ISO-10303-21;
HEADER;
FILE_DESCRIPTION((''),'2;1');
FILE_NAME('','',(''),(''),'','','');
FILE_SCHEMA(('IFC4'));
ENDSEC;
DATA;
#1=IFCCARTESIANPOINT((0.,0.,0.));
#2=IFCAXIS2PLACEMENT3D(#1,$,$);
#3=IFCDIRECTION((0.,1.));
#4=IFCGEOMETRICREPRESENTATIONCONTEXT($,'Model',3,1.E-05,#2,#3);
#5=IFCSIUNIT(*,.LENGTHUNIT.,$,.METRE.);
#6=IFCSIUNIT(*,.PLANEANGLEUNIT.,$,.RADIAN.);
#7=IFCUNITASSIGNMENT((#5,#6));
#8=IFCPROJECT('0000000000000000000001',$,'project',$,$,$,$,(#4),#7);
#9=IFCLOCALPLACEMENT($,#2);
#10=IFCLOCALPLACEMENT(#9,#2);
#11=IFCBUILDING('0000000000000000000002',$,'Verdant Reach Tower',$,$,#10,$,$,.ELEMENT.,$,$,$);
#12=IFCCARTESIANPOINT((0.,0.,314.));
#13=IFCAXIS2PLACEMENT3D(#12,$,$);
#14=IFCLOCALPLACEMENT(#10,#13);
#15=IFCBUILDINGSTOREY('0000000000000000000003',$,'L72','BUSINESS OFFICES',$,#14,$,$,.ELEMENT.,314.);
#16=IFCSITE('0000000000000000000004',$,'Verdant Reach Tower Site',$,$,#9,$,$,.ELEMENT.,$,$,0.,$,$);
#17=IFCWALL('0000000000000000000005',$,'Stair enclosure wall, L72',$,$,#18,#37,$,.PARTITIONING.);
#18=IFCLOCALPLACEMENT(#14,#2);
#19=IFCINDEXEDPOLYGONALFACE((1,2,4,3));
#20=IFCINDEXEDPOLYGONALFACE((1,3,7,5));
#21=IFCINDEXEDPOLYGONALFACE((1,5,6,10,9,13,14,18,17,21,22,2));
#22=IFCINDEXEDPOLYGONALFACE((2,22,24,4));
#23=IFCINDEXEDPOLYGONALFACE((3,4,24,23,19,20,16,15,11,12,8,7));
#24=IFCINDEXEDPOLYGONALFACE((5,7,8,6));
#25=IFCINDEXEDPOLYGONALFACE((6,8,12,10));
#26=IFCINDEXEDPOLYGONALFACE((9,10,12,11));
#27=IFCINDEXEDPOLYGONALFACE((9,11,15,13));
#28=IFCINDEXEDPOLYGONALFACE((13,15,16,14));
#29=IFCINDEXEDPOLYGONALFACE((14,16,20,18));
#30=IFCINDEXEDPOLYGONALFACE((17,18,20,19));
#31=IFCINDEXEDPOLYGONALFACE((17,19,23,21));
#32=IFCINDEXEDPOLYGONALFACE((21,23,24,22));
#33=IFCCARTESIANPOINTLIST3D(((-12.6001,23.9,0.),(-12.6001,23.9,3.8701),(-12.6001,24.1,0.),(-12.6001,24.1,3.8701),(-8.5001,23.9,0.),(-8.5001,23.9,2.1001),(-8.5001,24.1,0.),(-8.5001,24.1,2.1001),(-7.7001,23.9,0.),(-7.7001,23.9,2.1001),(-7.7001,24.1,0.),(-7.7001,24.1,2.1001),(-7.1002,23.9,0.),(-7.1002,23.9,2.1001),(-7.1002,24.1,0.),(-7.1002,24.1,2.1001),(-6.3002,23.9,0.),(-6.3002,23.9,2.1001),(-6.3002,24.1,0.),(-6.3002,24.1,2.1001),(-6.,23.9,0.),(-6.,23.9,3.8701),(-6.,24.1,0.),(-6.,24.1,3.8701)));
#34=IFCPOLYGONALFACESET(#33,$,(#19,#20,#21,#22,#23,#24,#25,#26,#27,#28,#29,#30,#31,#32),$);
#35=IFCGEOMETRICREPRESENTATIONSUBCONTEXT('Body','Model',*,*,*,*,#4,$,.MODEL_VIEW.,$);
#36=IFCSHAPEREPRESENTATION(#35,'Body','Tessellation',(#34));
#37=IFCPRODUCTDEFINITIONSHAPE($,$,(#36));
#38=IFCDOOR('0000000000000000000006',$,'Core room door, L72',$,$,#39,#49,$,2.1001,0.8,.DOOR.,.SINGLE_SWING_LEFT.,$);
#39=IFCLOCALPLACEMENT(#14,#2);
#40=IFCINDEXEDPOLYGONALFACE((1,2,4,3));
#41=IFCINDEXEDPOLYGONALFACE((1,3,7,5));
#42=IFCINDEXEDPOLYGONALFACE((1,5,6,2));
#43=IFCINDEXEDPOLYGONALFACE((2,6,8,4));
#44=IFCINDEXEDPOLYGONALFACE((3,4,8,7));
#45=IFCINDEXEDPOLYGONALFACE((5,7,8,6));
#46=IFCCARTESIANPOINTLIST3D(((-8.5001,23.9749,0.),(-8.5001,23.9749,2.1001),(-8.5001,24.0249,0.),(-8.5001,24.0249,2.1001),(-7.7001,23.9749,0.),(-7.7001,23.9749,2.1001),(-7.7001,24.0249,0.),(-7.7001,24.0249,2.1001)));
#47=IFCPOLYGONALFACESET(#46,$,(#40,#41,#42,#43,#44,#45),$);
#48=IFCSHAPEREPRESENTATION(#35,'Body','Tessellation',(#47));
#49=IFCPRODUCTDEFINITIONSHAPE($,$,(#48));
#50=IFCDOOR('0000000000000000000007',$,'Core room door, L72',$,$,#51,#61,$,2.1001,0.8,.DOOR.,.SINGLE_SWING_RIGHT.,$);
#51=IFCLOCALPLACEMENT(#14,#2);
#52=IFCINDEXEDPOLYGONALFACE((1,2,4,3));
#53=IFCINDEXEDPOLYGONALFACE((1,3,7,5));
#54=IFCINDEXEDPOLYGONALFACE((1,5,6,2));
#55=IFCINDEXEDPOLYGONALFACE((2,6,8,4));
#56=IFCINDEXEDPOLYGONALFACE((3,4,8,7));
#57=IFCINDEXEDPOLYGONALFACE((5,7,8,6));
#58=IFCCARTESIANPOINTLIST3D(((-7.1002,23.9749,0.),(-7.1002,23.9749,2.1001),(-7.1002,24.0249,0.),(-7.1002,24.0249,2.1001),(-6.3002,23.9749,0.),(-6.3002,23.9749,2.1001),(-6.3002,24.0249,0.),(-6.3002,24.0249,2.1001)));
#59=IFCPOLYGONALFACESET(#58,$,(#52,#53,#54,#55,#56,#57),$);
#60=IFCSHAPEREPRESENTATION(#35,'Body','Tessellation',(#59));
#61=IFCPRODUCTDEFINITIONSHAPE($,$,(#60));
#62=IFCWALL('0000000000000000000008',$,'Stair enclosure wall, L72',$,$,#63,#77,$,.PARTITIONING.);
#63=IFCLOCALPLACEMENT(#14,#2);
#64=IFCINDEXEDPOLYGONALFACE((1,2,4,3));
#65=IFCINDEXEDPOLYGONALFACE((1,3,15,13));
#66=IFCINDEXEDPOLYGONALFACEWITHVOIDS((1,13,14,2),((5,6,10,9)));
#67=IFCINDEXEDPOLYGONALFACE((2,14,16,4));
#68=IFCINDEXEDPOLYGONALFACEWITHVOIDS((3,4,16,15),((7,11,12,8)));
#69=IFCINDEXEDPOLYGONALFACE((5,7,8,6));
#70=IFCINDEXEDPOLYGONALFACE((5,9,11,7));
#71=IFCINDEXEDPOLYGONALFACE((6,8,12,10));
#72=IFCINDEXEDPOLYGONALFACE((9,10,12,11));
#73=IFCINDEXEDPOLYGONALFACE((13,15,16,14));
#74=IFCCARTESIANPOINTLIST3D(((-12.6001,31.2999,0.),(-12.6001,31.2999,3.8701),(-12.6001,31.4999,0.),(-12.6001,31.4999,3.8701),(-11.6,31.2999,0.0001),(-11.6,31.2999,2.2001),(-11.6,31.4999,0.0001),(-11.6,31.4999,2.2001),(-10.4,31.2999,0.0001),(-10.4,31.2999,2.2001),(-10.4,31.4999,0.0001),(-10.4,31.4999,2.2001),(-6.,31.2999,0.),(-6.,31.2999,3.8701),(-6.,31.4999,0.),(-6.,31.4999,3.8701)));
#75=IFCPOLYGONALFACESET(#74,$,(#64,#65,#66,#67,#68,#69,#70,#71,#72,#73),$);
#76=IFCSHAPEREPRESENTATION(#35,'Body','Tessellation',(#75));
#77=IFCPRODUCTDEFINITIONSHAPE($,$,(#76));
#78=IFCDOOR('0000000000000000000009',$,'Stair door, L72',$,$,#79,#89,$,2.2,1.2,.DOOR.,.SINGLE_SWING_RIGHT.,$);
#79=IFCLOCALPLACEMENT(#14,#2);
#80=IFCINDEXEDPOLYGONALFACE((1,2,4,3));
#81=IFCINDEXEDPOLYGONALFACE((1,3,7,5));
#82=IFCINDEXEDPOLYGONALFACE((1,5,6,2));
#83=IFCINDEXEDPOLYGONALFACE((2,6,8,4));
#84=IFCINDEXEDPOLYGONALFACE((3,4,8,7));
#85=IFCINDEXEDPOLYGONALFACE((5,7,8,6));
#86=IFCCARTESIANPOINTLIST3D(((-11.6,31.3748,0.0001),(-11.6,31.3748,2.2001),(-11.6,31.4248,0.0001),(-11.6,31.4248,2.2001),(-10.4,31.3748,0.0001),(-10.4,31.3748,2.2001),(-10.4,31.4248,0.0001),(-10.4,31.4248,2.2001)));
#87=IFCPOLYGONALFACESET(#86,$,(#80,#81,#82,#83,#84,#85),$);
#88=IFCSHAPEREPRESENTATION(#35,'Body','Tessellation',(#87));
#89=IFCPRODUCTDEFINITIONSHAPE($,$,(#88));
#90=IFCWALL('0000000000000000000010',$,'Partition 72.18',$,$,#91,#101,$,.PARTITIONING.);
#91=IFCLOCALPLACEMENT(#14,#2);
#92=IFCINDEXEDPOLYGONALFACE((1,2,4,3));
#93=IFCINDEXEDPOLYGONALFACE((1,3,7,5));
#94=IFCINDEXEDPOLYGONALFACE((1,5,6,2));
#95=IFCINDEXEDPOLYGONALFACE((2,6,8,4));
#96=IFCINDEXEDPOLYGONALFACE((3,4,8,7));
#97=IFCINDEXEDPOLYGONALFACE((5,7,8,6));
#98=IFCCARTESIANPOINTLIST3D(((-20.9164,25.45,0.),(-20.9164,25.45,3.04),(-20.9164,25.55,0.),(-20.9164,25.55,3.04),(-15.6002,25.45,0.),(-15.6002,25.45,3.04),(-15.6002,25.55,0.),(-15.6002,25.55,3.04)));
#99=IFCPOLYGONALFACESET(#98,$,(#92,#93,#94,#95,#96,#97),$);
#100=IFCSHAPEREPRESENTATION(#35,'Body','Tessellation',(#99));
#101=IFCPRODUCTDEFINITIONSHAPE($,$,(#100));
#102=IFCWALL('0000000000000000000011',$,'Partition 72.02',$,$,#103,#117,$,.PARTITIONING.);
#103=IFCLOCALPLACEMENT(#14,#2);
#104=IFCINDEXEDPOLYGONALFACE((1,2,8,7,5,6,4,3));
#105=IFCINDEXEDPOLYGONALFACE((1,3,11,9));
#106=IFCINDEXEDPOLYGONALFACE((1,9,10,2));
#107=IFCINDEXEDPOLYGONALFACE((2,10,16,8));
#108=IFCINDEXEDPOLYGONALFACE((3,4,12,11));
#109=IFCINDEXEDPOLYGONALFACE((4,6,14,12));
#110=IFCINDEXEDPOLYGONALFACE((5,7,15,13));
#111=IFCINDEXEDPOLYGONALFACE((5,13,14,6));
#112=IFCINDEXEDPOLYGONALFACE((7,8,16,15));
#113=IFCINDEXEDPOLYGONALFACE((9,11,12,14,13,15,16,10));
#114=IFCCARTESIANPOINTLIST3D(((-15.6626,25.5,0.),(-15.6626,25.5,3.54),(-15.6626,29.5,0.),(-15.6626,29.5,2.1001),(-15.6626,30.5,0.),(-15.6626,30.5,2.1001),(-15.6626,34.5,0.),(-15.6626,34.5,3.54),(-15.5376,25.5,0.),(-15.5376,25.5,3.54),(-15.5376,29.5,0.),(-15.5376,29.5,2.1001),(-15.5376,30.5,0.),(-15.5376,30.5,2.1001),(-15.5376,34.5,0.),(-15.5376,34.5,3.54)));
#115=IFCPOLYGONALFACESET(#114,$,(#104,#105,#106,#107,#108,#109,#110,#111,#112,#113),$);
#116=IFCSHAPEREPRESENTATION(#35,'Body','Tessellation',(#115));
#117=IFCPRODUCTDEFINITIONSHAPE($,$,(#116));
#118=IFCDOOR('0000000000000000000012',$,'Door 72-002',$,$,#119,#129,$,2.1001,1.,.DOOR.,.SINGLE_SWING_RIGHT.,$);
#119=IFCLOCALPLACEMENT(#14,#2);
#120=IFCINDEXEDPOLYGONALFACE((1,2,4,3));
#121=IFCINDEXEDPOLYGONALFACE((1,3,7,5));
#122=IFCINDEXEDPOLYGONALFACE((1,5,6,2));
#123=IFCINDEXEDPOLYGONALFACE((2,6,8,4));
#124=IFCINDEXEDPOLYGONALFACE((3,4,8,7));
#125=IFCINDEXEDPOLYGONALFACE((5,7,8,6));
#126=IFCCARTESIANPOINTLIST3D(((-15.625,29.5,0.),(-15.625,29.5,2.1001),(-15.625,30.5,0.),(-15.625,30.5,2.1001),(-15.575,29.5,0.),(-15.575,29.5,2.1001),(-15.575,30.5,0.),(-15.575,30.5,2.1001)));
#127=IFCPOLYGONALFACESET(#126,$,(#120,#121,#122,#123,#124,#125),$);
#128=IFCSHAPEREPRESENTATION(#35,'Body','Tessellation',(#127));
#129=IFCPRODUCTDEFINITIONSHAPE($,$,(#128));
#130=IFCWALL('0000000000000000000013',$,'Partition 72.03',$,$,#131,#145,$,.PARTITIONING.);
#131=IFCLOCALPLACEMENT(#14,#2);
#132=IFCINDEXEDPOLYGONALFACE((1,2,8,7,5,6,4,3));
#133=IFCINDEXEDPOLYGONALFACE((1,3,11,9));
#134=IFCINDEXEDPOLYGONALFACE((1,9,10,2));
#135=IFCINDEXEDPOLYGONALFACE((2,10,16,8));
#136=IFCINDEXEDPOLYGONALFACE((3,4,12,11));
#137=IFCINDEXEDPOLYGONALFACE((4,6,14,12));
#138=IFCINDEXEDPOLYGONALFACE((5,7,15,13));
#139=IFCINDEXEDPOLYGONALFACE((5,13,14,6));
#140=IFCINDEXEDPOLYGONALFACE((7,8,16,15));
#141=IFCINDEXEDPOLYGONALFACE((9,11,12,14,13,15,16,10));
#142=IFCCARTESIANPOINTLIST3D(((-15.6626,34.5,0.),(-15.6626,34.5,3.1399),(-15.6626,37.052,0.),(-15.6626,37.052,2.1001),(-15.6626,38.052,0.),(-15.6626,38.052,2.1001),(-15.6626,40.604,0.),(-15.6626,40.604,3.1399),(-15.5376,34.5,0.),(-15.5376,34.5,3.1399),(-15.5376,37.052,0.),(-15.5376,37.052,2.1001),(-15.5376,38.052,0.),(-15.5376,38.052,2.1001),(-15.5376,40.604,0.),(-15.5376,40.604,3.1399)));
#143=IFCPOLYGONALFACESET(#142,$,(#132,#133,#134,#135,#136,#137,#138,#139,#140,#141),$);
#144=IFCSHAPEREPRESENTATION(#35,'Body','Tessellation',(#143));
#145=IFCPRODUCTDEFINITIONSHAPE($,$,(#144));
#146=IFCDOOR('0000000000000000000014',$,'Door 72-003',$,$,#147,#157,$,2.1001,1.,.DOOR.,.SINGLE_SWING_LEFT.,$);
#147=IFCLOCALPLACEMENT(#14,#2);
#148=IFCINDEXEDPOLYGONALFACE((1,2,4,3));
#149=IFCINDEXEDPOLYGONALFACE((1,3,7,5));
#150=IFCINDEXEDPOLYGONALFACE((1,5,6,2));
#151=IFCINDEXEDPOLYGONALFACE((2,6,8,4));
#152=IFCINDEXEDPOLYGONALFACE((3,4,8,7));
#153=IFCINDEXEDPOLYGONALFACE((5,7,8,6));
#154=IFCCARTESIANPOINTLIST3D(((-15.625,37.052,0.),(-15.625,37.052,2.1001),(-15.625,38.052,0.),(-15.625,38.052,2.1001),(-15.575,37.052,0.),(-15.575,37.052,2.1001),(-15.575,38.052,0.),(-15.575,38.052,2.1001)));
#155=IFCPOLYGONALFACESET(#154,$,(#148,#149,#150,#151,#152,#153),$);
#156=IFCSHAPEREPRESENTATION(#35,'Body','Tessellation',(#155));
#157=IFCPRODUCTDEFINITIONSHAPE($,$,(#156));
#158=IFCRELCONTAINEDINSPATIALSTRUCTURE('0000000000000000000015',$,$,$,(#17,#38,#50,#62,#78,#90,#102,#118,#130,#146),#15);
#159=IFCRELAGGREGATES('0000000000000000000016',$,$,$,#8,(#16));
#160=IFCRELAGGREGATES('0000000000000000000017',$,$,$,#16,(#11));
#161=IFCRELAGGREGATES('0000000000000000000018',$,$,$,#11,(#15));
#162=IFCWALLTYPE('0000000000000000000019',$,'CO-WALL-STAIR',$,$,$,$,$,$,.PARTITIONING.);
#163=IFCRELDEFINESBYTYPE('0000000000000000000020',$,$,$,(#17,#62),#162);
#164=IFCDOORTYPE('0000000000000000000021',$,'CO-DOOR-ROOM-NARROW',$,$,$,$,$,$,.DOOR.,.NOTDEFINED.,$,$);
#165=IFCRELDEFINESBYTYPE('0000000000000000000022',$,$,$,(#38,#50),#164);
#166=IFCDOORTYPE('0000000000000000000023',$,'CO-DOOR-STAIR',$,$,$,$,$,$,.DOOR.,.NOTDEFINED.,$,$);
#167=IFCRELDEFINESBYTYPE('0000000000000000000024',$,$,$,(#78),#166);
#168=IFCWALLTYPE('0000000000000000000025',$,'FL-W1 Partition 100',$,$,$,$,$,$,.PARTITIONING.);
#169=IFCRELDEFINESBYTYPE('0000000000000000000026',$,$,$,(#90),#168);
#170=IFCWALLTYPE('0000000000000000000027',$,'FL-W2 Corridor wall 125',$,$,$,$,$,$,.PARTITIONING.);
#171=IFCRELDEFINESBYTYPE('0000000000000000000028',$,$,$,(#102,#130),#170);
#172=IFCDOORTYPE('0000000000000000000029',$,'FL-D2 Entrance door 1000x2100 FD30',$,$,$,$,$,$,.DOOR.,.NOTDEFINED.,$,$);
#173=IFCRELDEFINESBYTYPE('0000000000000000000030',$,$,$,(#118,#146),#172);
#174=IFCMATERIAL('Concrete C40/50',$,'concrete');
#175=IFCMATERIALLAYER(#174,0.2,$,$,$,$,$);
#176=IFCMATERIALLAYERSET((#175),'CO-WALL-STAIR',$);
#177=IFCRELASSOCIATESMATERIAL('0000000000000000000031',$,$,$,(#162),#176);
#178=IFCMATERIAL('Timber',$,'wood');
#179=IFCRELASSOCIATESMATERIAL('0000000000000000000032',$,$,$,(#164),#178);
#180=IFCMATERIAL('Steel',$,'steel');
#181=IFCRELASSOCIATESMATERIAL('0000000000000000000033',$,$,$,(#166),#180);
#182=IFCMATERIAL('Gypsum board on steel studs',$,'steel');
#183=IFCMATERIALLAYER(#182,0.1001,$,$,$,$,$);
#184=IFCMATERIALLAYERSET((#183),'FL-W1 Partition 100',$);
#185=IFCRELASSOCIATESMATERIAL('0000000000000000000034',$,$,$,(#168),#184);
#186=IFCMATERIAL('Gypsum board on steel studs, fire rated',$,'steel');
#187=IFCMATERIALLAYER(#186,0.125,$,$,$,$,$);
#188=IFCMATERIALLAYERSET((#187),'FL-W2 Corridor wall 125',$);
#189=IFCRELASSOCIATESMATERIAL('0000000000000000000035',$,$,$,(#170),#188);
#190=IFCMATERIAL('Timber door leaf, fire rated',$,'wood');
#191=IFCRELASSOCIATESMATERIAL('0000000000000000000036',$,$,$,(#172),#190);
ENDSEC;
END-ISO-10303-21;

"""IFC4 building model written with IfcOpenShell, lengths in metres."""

from ifc_helpers import new_model, si_unit, direction, frame, frame_2d, origin, place, context, subcontext, project, spatial, rectangle, extrude, material, layer, layer_set, type_object, element, fill, save


model = new_model("IFC4")

# Units and contexts
model_context = context("Model", 3, precision=1e-05, world=origin(), true_north=direction((0.0, 1.0)))
body_context = subcontext(model_context, "Body", "Model", "MODEL_VIEW")
ifc_project = project(units=[si_unit("LENGTHUNIT", "METRE"), si_unit("PLANEANGLEUNIT", "RADIAN")], contexts=[model_context])

# Site, building, storey
site_placement = place(None, origin())
site = spatial("IfcSite", under=ifc_project, at=site_placement, Name="Verdant Reach Tower Site", CompositionType="ELEMENT", RefElevation=0.0)
building_placement = place(site_placement, origin())
building = spatial("IfcBuilding", under=site, at=building_placement, Name="Verdant Reach Tower", CompositionType="ELEMENT")
storey_placement = place(building_placement, frame((0.0, 0.0, 314.0)))
storey = spatial("IfcBuildingStorey", under=building, at=storey_placement, Name="L72", Description="BUSINESS OFFICES", CompositionType="ELEMENT", Elevation=314.0)

# Wall, openings, doors
ifc_material_1 = material(Name="Gypsum board on steel studs", Category="steel")
ifc_material_2 = material(Name="Timber", Category="wood")
ifc_material_3 = material(Name="Concrete C40/50", Category="concrete")
ifc_layer_1 = layer(ifc_material_3, 0.2)
ifc_layer_set_1 = layer_set([ifc_layer_1], Name="CO-WALL-STAIR")
wall_type_1 = type_object("IfcWallType", Name="CO-WALL-STAIR", PredefinedType="PARTITIONING", material=ifc_layer_set_1)
wall_1_placement = place(storey_placement, frame((-12.6001, 24.0, 0.0), z_axis=(0.0, 0.0, 1.0), x_axis=(1.0, 0.0, 0.0)))
wall_1 = element("IfcWall", 1, at=wall_1_placement, inside=storey, type_object=wall_type_1, Name="Stair enclosure wall, L72", PredefinedType="PARTITIONING", context=body_context, shape_type="SweptSolid", body=[
    extrude(rectangle(XDim=6.6001, YDim=0.2, at=frame_2d((3.3, 0.0))), origin(), (0.0, 0.0, 1.0), 3.8701),
])
opening_1_placement = place(wall_1_placement, frame((4.1001, 0.0, 0.0)))
opening_1 = element("IfcOpeningElement", 2, at=opening_1_placement, cuts=wall_1, PredefinedType="OPENING", context=body_context, shape_type="SweptSolid", body=[
    extrude(rectangle(XDim=0.8, YDim=2.1001, at=frame_2d((0.3999, 1.05))), frame((0.0, 0.1099, 0.0), z_axis=(0.0, -1.0, 0.0), x_axis=(1.0, 0.0, 0.0)), (0.0, 0.0, 1.0), 0.22),
])
opening_2_placement = place(wall_1_placement, frame((5.5, 0.0, 0.0)))
opening_2 = element("IfcOpeningElement", 3, at=opening_2_placement, cuts=wall_1, PredefinedType="OPENING", context=body_context, shape_type="SweptSolid", body=[
    extrude(rectangle(XDim=0.8, YDim=2.1001, at=frame_2d((0.3999, 1.05))), frame((0.0, 0.1099, 0.0), z_axis=(0.0, -1.0, 0.0), x_axis=(1.0, 0.0, 0.0)), (0.0, 0.0, 1.0), 0.22),
])
door_type_1 = type_object("IfcDoorType", Name="CO-DOOR-ROOM-NARROW", OperationType="NOTDEFINED", PredefinedType="DOOR", material=ifc_material_2)
door_1_placement = place(opening_1_placement, origin())
door_1 = element("IfcDoor", 4, at=door_1_placement, inside=storey, type_object=door_type_1, Name="Core room door, L72", OperationType="SINGLE_SWING_LEFT", OverallHeight=2.1001, OverallWidth=0.8, PredefinedType="DOOR", context=body_context, shape_type="SweptSolid", body=[
    extrude(rectangle(XDim=0.8, YDim=2.1001, at=frame_2d((0.3999, 1.05))), frame((0.0, 0.0249, 0.0), z_axis=(0.0, -1.0, 0.0), x_axis=(1.0, 0.0, 0.0)), (0.0, 0.0, 1.0), 0.05),
])
fill(opening_1, door_1)
door_2_placement = place(opening_2_placement, origin())
door_2 = element("IfcDoor", 5, at=door_2_placement, inside=storey, type_object=door_type_1, Name="Core room door, L72", OperationType="SINGLE_SWING_RIGHT", OverallHeight=2.1001, OverallWidth=0.8, PredefinedType="DOOR", context=body_context, shape_type="SweptSolid", body=[
    extrude(rectangle(XDim=0.8, YDim=2.1001, at=frame_2d((0.3999, 1.05))), frame((0.0, 0.0249, 0.0), z_axis=(0.0, -1.0, 0.0), x_axis=(1.0, 0.0, 0.0)), (0.0, 0.0, 1.0), 0.05),
])
fill(opening_2, door_2)

# Wall, opening, door
wall_2_placement = place(storey_placement, frame((-12.6001, 31.3999, 0.0), z_axis=(0.0, 0.0, 1.0), x_axis=(1.0, 0.0, 0.0)))
wall_2 = element("IfcWall", 6, at=wall_2_placement, inside=storey, type_object=wall_type_1, Name="Stair enclosure wall, L72", PredefinedType="PARTITIONING", context=body_context, shape_type="SweptSolid", body=[
    extrude(rectangle(XDim=6.6001, YDim=0.2, at=frame_2d((3.3, 0.0))), origin(), (0.0, 0.0, 1.0), 3.8701),
])
opening_3_placement = place(wall_2_placement, frame((1.0, 0.0, 0.0)))
opening_3 = element("IfcOpeningElement", 7, at=opening_3_placement, cuts=wall_2, PredefinedType="OPENING", context=body_context, shape_type="SweptSolid", body=[
    extrude(rectangle(XDim=1.2, YDim=2.2, at=frame_2d((0.6001, 1.1001))), frame((0.0, 0.1099, 0.0), z_axis=(0.0, -1.0, 0.0), x_axis=(1.0, 0.0, 0.0)), (0.0, 0.0, 1.0), 0.22),
])
ifc_material_4 = material(Name="Steel", Category="steel")
door_type_2 = type_object("IfcDoorType", Name="CO-DOOR-STAIR", OperationType="NOTDEFINED", PredefinedType="DOOR", material=ifc_material_4)
door_3_placement = place(opening_3_placement, origin())
door_3 = element("IfcDoor", 8, at=door_3_placement, inside=storey, type_object=door_type_2, Name="Stair door, L72", OperationType="SINGLE_SWING_RIGHT", OverallHeight=2.2, OverallWidth=1.2, PredefinedType="DOOR", context=body_context, shape_type="SweptSolid", body=[
    extrude(rectangle(XDim=1.2, YDim=2.2, at=frame_2d((0.6001, 1.1001))), frame((0.0, 0.0249, 0.0), z_axis=(0.0, -1.0, 0.0), x_axis=(1.0, 0.0, 0.0)), (0.0, 0.0, 1.0), 0.05),
])
fill(opening_3, door_3)

# Wall
ifc_layer_2 = layer(ifc_material_1, 0.1001)
ifc_layer_set_2 = layer_set([ifc_layer_2], Name="FL-W1 Partition 100")
wall_type_2 = type_object("IfcWallType", Name="FL-W1 Partition 100", PredefinedType="PARTITIONING", material=ifc_layer_set_2)
wall_3_placement = place(storey_placement, frame((-15.6001, 25.5, 0.0), z_axis=(0.0, 0.0, 1.0), x_axis=(-1.0, 0.0, 0.0)))
element("IfcWall", 9, at=wall_3_placement, inside=storey, type_object=wall_type_2, Name="Partition 72.18", PredefinedType="PARTITIONING", context=body_context, shape_type="SweptSolid", body=[
    extrude(rectangle(XDim=5.3162, YDim=0.1001, at=frame_2d((2.6582, 0.0))), origin(), (0.0, 0.0, 1.0), 3.04),
])

# Walls, openings, doors
ifc_material_5 = material(Name="Gypsum board on steel studs, fire rated", Category="steel")
ifc_layer_3 = layer(ifc_material_5, 0.125)
ifc_layer_set_3 = layer_set([ifc_layer_3], Name="FL-W2 Corridor wall 125")
wall_type_3 = type_object("IfcWallType", Name="FL-W2 Corridor wall 125", PredefinedType="PARTITIONING", material=ifc_layer_set_3)
wall_4_placement = place(storey_placement, frame((-15.6001, 25.5, 0.0), z_axis=(0.0, 0.0, 1.0), x_axis=(0.0, 1.0, 0.0)))
wall_4 = element("IfcWall", 10, at=wall_4_placement, inside=storey, type_object=wall_type_3, Name="Partition 72.02", PredefinedType="PARTITIONING", context=body_context, shape_type="SweptSolid", body=[
    extrude(rectangle(XDim=9.0, YDim=0.125, at=frame_2d((4.5, 0.0))), origin(), (0.0, 0.0, 1.0), 3.54),
])
opening_4_placement = place(wall_4_placement, frame((4.0, 0.0, 0.0)))
opening_4 = element("IfcOpeningElement", 11, at=opening_4_placement, cuts=wall_4, PredefinedType="OPENING", context=body_context, shape_type="SweptSolid", body=[
    extrude(rectangle(XDim=1.0, YDim=2.1001, at=frame_2d((0.5, 1.05))), frame((0.0, 0.0725, 0.0), z_axis=(0.0, -1.0, 0.0), x_axis=(1.0, 0.0, 0.0)), (0.0, 0.0, 1.0), 0.145),
])
ifc_material_6 = material(Name="Timber door leaf, fire rated", Category="wood")
door_type_3 = type_object("IfcDoorType", Name="FL-D2 Entrance door 1000x2100 FD30", OperationType="NOTDEFINED", PredefinedType="DOOR", material=ifc_material_6)
door_4_placement = place(opening_4_placement, origin())
door_4 = element("IfcDoor", 12, at=door_4_placement, inside=storey, type_object=door_type_3, Name="Door 72-002", OperationType="SINGLE_SWING_RIGHT", OverallHeight=2.1001, OverallWidth=1.0, PredefinedType="DOOR", context=body_context, shape_type="SweptSolid", body=[
    extrude(rectangle(XDim=1.0, YDim=2.1001, at=frame_2d((0.5, 1.05))), frame((0.0, 0.0249, 0.0), z_axis=(0.0, -1.0, 0.0), x_axis=(1.0, 0.0, 0.0)), (0.0, 0.0, 1.0), 0.05),
])
fill(opening_4, door_4)
wall_5_placement = place(storey_placement, frame((-15.6001, 34.5, 0.0), z_axis=(0.0, 0.0, 1.0), x_axis=(0.0, 1.0, 0.0)))
wall_5 = element("IfcWall", 13, at=wall_5_placement, inside=storey, type_object=wall_type_3, Name="Partition 72.03", PredefinedType="PARTITIONING", context=body_context, shape_type="SweptSolid", body=[
    extrude(rectangle(XDim=6.104, YDim=0.125, at=frame_2d((3.052, 0.0))), origin(), (0.0, 0.0, 1.0), 3.1399),
])
opening_5_placement = place(wall_5_placement, frame((2.552, 0.0, 0.0)))
opening_5 = element("IfcOpeningElement", 14, at=opening_5_placement, cuts=wall_5, PredefinedType="OPENING", context=body_context, shape_type="SweptSolid", body=[
    extrude(rectangle(XDim=1.0, YDim=2.1001, at=frame_2d((0.5, 1.05))), frame((0.0, 0.0725, 0.0), z_axis=(0.0, -1.0, 0.0), x_axis=(1.0, 0.0, 0.0)), (0.0, 0.0, 1.0), 0.145),
])
door_5_placement = place(opening_5_placement, origin())
door_5 = element("IfcDoor", 15, at=door_5_placement, inside=storey, type_object=door_type_3, Name="Door 72-003", OperationType="SINGLE_SWING_LEFT", OverallHeight=2.1001, OverallWidth=1.0, PredefinedType="DOOR", context=body_context, shape_type="SweptSolid", body=[
    extrude(rectangle(XDim=1.0, YDim=2.1001, at=frame_2d((0.5, 1.05))), frame((0.0, 0.0249, 0.0), z_axis=(0.0, -1.0, 0.0), x_axis=(1.0, 0.0, 0.0)), (0.0, 0.0, 1.0), 0.05),
])
fill(opening_5, door_5)

save(model, "model.ifc")
